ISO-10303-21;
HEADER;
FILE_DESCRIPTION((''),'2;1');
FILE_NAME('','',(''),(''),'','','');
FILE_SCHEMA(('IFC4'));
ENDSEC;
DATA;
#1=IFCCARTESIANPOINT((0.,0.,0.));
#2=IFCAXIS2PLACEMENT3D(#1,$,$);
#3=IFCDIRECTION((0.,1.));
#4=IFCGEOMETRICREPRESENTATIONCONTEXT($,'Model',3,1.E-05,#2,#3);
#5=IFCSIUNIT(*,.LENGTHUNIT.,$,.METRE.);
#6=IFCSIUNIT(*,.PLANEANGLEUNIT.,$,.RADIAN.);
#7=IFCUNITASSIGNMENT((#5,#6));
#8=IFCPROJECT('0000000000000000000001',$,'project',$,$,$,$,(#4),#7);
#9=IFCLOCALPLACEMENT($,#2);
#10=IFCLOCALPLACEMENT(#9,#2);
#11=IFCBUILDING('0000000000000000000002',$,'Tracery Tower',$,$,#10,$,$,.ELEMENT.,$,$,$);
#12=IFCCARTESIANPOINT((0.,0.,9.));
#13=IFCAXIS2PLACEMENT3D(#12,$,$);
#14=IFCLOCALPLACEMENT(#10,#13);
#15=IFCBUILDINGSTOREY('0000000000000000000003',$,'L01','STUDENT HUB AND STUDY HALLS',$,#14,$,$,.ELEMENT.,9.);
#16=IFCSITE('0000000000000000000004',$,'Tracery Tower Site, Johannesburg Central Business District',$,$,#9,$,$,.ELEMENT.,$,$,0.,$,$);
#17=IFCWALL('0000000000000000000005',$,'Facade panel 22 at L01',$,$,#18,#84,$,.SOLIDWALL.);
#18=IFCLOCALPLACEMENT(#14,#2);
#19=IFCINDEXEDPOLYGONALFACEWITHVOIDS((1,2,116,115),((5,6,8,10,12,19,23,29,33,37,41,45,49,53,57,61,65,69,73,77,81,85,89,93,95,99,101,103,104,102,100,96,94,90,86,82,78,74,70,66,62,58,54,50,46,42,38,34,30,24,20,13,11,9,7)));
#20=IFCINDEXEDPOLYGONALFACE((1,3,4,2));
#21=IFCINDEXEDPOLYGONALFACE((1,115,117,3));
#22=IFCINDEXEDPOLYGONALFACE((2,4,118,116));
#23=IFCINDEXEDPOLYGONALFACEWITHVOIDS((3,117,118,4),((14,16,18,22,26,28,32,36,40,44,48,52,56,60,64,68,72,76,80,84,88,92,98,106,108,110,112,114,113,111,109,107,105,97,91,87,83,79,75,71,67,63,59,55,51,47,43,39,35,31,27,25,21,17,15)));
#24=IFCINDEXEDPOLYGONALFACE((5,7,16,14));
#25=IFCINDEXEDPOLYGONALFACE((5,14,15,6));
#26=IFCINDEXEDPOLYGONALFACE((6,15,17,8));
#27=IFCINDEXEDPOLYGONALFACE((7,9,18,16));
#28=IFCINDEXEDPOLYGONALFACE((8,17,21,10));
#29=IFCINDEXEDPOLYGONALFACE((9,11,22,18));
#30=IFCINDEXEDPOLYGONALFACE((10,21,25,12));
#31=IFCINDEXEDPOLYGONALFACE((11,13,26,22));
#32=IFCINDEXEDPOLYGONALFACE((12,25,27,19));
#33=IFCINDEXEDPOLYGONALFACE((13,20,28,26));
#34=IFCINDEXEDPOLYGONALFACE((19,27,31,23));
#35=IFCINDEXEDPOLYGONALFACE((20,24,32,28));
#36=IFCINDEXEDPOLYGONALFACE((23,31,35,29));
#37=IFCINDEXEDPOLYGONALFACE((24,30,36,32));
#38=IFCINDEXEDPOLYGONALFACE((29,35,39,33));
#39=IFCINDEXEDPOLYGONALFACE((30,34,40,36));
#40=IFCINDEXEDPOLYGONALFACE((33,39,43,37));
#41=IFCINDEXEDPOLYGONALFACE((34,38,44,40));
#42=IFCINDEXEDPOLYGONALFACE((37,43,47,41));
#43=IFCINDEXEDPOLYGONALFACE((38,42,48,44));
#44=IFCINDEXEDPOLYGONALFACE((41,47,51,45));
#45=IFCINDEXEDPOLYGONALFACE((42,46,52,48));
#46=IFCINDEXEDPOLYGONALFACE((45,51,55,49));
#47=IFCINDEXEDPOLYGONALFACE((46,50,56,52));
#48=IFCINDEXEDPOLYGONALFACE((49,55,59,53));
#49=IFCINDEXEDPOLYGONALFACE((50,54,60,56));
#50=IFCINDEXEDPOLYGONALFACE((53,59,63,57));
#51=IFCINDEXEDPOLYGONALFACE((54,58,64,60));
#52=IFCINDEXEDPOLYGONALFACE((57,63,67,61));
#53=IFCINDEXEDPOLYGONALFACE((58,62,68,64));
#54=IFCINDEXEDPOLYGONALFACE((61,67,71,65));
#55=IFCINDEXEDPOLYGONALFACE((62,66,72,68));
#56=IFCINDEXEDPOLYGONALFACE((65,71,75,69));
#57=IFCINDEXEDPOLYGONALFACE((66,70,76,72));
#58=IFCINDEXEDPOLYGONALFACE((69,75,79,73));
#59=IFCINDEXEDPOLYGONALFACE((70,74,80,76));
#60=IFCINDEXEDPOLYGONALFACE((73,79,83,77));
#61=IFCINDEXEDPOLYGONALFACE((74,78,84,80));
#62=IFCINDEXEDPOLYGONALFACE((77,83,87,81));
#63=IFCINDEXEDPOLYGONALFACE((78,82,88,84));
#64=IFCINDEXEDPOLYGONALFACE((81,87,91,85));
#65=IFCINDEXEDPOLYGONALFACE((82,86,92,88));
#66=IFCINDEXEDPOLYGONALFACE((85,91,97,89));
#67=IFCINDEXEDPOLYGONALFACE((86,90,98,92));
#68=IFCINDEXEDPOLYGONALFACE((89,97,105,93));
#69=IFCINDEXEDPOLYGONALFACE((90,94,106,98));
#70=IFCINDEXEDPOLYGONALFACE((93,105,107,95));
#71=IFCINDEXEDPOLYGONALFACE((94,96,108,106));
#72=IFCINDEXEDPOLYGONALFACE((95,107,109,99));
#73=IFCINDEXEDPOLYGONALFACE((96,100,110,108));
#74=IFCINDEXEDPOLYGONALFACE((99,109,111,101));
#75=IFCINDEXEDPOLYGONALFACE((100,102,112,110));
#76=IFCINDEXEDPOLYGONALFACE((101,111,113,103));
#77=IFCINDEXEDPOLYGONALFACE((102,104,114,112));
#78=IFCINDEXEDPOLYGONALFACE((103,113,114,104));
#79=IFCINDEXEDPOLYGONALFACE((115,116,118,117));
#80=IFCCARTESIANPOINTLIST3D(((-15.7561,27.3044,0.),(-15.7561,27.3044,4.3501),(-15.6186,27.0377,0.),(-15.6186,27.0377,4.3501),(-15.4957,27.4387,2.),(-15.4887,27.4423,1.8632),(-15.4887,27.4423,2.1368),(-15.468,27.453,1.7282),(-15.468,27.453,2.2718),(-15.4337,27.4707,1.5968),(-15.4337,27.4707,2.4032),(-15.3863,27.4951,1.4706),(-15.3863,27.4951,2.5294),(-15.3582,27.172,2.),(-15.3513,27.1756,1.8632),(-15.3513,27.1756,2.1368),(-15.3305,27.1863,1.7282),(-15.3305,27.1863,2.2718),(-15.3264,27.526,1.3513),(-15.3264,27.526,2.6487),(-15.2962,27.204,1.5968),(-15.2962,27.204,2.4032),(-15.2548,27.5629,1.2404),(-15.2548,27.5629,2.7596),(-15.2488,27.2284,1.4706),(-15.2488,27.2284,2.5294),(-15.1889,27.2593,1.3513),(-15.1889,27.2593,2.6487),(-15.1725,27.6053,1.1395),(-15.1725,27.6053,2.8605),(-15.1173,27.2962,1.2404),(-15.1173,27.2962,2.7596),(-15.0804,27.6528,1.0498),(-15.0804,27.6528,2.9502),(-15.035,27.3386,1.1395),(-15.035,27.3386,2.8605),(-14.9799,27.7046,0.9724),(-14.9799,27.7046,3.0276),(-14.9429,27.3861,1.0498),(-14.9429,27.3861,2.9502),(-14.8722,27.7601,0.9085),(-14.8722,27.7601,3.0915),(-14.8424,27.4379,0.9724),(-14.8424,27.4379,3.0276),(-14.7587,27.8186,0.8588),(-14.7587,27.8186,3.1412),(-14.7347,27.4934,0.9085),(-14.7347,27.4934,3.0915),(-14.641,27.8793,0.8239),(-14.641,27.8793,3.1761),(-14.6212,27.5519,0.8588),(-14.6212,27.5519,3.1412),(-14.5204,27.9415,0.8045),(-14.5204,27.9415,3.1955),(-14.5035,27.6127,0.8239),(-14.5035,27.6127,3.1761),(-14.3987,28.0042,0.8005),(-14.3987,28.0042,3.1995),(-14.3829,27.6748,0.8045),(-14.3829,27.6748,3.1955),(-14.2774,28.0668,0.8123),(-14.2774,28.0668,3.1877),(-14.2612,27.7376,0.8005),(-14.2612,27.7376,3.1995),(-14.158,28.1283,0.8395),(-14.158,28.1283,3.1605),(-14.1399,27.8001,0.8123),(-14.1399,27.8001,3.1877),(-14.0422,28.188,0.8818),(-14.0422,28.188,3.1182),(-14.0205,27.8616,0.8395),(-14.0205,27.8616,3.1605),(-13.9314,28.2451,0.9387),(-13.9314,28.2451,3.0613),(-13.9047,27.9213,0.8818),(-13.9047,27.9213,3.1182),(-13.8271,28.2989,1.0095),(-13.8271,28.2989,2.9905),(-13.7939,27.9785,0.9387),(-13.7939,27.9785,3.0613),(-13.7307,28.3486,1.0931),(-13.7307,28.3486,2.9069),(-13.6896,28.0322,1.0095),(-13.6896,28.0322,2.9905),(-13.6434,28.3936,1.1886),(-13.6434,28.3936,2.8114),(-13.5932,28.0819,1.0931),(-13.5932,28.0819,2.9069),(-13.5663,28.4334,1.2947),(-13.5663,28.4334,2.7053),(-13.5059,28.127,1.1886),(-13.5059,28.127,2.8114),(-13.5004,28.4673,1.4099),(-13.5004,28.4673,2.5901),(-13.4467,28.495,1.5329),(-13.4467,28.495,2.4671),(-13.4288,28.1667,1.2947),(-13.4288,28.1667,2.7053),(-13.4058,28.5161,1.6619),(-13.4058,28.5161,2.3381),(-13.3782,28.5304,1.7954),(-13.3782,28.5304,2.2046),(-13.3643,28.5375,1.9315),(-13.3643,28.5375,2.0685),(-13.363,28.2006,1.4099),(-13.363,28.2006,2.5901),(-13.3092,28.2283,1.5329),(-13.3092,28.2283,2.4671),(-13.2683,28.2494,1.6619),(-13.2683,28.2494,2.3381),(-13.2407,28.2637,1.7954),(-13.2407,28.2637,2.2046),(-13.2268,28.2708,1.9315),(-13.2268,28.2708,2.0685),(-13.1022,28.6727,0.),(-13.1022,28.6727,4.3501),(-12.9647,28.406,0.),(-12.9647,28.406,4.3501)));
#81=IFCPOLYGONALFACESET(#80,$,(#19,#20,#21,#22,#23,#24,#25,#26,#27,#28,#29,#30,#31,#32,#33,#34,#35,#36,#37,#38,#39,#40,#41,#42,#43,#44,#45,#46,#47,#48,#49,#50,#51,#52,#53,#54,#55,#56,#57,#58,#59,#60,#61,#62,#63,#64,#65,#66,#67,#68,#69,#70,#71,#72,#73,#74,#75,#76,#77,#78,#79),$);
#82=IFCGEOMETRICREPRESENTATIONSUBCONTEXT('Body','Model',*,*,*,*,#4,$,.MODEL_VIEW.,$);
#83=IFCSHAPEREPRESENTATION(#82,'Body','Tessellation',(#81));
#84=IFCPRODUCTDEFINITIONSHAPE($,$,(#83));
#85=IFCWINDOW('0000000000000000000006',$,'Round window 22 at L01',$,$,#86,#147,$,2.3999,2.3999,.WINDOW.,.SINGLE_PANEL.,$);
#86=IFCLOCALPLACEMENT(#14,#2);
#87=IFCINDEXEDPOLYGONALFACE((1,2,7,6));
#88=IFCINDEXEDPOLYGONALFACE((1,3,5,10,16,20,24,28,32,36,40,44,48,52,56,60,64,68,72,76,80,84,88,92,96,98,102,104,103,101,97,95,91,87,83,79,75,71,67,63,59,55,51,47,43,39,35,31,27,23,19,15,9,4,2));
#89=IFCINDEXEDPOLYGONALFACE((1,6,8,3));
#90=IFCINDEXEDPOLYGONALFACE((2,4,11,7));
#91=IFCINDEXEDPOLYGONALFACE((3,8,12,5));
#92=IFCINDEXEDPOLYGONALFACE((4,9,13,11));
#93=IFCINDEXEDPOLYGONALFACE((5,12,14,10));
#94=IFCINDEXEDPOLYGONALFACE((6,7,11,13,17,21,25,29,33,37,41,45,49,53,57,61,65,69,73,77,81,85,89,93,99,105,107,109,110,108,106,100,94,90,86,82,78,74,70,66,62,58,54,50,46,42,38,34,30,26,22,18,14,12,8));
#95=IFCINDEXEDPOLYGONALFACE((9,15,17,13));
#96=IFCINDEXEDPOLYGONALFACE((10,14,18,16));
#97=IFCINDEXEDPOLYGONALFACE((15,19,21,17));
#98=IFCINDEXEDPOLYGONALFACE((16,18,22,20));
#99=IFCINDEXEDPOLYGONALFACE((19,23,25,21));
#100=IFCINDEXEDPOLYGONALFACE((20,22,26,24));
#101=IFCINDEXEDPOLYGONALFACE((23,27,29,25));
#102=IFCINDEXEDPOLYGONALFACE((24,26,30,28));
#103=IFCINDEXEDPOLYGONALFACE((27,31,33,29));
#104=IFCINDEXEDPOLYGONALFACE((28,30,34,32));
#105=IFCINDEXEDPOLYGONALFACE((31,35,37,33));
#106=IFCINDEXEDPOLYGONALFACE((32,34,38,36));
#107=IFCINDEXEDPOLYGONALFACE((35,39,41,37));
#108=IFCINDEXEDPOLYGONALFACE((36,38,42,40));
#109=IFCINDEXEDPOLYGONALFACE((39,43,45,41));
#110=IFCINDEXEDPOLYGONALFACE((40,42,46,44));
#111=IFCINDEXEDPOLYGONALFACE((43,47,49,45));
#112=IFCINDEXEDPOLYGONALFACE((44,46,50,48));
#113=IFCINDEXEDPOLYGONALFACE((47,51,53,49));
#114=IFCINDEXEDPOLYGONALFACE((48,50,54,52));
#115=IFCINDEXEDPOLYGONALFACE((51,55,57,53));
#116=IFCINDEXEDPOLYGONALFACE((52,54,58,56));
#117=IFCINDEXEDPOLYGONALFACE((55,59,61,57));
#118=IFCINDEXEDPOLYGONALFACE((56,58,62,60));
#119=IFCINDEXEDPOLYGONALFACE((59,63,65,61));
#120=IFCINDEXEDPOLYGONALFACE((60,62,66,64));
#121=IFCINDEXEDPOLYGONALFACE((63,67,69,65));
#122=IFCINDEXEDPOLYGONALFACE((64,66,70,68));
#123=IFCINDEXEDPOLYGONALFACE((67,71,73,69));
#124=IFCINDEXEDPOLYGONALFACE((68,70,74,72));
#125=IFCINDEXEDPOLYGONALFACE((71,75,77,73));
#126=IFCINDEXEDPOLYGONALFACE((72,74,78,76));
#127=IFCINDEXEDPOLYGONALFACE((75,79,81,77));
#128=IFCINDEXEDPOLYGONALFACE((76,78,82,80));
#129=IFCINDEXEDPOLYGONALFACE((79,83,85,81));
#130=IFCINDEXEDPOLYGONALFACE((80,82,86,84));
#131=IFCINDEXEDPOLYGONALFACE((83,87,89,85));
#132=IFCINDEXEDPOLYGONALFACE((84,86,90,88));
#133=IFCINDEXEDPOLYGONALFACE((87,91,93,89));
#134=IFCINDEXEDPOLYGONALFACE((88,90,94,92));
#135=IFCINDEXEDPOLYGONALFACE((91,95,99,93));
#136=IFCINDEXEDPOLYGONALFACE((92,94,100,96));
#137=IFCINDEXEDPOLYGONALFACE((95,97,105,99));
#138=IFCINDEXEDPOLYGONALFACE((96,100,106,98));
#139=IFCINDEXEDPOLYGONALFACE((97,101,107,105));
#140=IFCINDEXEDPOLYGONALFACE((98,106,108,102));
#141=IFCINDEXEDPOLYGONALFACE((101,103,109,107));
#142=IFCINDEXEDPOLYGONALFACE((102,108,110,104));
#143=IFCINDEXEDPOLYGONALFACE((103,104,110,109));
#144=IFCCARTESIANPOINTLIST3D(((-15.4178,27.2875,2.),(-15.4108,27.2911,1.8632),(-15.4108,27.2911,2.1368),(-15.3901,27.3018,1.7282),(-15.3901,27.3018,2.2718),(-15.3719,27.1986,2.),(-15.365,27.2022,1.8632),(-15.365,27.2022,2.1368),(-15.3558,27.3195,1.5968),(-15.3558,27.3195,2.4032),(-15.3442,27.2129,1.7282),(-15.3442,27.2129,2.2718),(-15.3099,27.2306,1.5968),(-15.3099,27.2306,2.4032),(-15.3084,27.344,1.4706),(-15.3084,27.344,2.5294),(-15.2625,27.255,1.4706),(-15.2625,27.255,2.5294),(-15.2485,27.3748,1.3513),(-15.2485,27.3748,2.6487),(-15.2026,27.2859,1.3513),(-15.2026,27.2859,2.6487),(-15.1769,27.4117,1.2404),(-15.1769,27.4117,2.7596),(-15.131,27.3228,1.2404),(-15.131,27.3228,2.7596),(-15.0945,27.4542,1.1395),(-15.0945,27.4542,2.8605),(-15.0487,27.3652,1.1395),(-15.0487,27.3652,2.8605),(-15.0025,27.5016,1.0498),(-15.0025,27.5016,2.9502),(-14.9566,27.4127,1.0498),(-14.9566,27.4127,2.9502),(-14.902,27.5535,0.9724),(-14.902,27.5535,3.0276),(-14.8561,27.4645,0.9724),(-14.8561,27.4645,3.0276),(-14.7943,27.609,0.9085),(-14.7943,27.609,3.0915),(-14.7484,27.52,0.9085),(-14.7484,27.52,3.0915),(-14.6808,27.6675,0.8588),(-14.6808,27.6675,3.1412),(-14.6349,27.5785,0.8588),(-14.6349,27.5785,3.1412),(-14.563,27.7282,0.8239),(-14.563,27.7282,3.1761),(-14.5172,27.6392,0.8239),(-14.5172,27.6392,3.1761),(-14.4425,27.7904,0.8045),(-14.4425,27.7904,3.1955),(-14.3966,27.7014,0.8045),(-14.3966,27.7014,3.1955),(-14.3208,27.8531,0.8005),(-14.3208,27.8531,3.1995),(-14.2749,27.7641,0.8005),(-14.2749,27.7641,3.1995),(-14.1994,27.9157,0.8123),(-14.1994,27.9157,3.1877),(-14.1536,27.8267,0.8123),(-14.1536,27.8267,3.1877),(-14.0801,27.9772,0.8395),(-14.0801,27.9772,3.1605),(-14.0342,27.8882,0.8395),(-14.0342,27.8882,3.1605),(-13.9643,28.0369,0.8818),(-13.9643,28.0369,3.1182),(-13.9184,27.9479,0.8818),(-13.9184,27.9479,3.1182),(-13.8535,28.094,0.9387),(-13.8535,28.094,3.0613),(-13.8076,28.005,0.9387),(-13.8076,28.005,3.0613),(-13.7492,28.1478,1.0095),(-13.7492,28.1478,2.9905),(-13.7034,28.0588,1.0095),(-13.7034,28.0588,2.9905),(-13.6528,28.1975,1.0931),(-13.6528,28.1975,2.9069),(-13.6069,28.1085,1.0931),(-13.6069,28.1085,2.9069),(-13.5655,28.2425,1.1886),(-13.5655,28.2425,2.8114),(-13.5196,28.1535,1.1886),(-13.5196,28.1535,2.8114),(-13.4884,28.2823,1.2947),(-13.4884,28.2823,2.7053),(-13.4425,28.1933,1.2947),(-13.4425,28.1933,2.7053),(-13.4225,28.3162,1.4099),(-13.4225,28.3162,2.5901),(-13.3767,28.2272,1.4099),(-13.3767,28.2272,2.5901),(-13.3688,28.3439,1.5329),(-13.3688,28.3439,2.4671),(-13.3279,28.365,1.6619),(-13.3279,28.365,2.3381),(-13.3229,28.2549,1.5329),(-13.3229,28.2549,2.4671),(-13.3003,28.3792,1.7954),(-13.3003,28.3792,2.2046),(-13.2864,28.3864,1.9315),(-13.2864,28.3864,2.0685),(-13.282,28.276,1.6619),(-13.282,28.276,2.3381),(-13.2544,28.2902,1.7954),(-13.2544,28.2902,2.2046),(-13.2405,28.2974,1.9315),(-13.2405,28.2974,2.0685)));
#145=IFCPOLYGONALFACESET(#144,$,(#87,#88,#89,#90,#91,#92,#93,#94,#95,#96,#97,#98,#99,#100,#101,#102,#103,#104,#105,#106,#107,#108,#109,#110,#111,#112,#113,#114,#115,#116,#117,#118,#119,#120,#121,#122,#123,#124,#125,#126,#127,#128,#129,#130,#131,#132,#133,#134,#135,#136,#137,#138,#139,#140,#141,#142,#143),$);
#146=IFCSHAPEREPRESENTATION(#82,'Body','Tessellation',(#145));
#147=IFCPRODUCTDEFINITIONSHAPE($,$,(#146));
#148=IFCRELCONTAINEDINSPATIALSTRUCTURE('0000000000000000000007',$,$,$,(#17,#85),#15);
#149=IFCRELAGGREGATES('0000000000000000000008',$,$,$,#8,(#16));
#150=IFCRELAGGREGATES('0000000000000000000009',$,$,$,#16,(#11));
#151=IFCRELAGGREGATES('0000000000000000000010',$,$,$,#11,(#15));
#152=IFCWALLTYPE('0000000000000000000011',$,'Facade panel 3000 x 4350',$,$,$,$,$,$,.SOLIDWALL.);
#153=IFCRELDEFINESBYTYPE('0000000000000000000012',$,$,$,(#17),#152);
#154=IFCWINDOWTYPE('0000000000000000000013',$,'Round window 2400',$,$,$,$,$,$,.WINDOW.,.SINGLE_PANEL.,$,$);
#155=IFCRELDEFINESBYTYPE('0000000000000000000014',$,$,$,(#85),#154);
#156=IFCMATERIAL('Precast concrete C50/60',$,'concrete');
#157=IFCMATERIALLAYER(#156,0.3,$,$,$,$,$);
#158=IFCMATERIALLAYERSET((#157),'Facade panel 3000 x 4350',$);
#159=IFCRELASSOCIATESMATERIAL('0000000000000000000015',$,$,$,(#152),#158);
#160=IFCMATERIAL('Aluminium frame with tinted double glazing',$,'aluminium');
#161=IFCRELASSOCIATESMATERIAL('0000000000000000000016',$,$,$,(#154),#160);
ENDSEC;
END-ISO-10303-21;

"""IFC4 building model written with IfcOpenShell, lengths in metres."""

from ifc_helpers import new_model, si_unit, direction, frame, frame_2d, origin, origin_2d, place, context, subcontext, project, spatial, rectangle, circle, extrude, material, layer, layer_set, type_object, element, fill, save


model = new_model("IFC4")

# Units and contexts
model_context = context("Model", 3, precision=1e-05, world=origin(), true_north=direction((0.0, 1.0)))
body_context = subcontext(model_context, "Body", "Model", "MODEL_VIEW")
ifc_project = project(units=[si_unit("LENGTHUNIT", "METRE"), si_unit("PLANEANGLEUNIT", "RADIAN")], contexts=[model_context])

# Site, building, storey
site_placement = place(None, origin())
site = spatial("IfcSite", under=ifc_project, at=site_placement, Name="Tracery Tower Site, Johannesburg Central Business District", CompositionType="ELEMENT", RefElevation=0.0)
building_placement = place(site_placement, origin())
building = spatial("IfcBuilding", under=site, at=building_placement, Name="Tracery Tower", CompositionType="ELEMENT")
storey_placement = place(building_placement, frame((0.0, 0.0, 9.0)))
storey = spatial("IfcBuildingStorey", under=building, at=storey_placement, Name="L01", Description="STUDENT HUB AND STUDY HALLS", CompositionType="ELEMENT", Elevation=9.0)

# Wall, opening, window
ifc_material_1 = material(Name="Precast concrete C50/60", Category="concrete")
ifc_layer_1 = layer(ifc_material_1, 0.3)
ifc_layer_set_1 = layer_set([ifc_layer_1], Name="Facade panel 3000 x 4350")
wall_type_1 = type_object("IfcWallType", Name="Facade panel 3000 x 4350", PredefinedType="SOLIDWALL", material=ifc_layer_set_1)
ifc_material_2 = material(Name="Aluminium frame with tinted double glazing", Category="aluminium")
window_type = type_object("IfcWindowType", Name="Round window 2400", PartitioningType="SINGLE_PANEL", PredefinedType="WINDOW", material=ifc_material_2)
wall_1_placement = place(storey_placement, frame((-13.0334, 28.5393, 0.0), z_axis=(0.0, 0.0, 1.0), x_axis=(-0.888831, -0.458235, 0.0)))
wall_1 = element("IfcWall", 1, at=wall_1_placement, inside=storey, type_object=wall_type_1, Name="Facade panel 22 at L01", PredefinedType="SOLIDWALL", context=body_context, shape_type="SweptSolid", body=[
    extrude(rectangle(XDim=2.9858, YDim=0.3, at=frame_2d((1.4929, 0.0))), origin(), (0.0, 0.0, 1.0), 4.3501),
])
opening_1_placement = place(wall_1_placement, frame((1.4929, 0.0, 2.0)))
opening_1 = element("IfcOpeningElement", 2, at=opening_1_placement, cuts=wall_1, PredefinedType="OPENING", context=body_context, shape_type="SweptSolid", body=[
    extrude(circle(Radius=1.2, at=origin_2d()), frame((0.0, 0.1599, 0.0), z_axis=(0.0, -1.0, 0.0), x_axis=(1.0, 0.0, 0.0)), (0.0, 0.0, 1.0), 0.3201),
])
window_1_placement = place(opening_1_placement, origin())
window_1 = element("IfcWindow", 3, at=window_1_placement, inside=storey, type_object=window_type, Name="Round window 22 at L01", OverallHeight=2.3999, OverallWidth=2.3999, PartitioningType="SINGLE_PANEL", PredefinedType="WINDOW", context=body_context, shape_type="SweptSolid", body=[
    extrude(circle(Radius=1.2, at=origin_2d()), frame((0.0, 0.1201, 0.0), z_axis=(0.0, -1.0, 0.0), x_axis=(1.0, 0.0, 0.0)), (0.0, 0.0, 1.0), 0.1001),
])
fill(opening_1, window_1)

save(model, "model.ifc")
